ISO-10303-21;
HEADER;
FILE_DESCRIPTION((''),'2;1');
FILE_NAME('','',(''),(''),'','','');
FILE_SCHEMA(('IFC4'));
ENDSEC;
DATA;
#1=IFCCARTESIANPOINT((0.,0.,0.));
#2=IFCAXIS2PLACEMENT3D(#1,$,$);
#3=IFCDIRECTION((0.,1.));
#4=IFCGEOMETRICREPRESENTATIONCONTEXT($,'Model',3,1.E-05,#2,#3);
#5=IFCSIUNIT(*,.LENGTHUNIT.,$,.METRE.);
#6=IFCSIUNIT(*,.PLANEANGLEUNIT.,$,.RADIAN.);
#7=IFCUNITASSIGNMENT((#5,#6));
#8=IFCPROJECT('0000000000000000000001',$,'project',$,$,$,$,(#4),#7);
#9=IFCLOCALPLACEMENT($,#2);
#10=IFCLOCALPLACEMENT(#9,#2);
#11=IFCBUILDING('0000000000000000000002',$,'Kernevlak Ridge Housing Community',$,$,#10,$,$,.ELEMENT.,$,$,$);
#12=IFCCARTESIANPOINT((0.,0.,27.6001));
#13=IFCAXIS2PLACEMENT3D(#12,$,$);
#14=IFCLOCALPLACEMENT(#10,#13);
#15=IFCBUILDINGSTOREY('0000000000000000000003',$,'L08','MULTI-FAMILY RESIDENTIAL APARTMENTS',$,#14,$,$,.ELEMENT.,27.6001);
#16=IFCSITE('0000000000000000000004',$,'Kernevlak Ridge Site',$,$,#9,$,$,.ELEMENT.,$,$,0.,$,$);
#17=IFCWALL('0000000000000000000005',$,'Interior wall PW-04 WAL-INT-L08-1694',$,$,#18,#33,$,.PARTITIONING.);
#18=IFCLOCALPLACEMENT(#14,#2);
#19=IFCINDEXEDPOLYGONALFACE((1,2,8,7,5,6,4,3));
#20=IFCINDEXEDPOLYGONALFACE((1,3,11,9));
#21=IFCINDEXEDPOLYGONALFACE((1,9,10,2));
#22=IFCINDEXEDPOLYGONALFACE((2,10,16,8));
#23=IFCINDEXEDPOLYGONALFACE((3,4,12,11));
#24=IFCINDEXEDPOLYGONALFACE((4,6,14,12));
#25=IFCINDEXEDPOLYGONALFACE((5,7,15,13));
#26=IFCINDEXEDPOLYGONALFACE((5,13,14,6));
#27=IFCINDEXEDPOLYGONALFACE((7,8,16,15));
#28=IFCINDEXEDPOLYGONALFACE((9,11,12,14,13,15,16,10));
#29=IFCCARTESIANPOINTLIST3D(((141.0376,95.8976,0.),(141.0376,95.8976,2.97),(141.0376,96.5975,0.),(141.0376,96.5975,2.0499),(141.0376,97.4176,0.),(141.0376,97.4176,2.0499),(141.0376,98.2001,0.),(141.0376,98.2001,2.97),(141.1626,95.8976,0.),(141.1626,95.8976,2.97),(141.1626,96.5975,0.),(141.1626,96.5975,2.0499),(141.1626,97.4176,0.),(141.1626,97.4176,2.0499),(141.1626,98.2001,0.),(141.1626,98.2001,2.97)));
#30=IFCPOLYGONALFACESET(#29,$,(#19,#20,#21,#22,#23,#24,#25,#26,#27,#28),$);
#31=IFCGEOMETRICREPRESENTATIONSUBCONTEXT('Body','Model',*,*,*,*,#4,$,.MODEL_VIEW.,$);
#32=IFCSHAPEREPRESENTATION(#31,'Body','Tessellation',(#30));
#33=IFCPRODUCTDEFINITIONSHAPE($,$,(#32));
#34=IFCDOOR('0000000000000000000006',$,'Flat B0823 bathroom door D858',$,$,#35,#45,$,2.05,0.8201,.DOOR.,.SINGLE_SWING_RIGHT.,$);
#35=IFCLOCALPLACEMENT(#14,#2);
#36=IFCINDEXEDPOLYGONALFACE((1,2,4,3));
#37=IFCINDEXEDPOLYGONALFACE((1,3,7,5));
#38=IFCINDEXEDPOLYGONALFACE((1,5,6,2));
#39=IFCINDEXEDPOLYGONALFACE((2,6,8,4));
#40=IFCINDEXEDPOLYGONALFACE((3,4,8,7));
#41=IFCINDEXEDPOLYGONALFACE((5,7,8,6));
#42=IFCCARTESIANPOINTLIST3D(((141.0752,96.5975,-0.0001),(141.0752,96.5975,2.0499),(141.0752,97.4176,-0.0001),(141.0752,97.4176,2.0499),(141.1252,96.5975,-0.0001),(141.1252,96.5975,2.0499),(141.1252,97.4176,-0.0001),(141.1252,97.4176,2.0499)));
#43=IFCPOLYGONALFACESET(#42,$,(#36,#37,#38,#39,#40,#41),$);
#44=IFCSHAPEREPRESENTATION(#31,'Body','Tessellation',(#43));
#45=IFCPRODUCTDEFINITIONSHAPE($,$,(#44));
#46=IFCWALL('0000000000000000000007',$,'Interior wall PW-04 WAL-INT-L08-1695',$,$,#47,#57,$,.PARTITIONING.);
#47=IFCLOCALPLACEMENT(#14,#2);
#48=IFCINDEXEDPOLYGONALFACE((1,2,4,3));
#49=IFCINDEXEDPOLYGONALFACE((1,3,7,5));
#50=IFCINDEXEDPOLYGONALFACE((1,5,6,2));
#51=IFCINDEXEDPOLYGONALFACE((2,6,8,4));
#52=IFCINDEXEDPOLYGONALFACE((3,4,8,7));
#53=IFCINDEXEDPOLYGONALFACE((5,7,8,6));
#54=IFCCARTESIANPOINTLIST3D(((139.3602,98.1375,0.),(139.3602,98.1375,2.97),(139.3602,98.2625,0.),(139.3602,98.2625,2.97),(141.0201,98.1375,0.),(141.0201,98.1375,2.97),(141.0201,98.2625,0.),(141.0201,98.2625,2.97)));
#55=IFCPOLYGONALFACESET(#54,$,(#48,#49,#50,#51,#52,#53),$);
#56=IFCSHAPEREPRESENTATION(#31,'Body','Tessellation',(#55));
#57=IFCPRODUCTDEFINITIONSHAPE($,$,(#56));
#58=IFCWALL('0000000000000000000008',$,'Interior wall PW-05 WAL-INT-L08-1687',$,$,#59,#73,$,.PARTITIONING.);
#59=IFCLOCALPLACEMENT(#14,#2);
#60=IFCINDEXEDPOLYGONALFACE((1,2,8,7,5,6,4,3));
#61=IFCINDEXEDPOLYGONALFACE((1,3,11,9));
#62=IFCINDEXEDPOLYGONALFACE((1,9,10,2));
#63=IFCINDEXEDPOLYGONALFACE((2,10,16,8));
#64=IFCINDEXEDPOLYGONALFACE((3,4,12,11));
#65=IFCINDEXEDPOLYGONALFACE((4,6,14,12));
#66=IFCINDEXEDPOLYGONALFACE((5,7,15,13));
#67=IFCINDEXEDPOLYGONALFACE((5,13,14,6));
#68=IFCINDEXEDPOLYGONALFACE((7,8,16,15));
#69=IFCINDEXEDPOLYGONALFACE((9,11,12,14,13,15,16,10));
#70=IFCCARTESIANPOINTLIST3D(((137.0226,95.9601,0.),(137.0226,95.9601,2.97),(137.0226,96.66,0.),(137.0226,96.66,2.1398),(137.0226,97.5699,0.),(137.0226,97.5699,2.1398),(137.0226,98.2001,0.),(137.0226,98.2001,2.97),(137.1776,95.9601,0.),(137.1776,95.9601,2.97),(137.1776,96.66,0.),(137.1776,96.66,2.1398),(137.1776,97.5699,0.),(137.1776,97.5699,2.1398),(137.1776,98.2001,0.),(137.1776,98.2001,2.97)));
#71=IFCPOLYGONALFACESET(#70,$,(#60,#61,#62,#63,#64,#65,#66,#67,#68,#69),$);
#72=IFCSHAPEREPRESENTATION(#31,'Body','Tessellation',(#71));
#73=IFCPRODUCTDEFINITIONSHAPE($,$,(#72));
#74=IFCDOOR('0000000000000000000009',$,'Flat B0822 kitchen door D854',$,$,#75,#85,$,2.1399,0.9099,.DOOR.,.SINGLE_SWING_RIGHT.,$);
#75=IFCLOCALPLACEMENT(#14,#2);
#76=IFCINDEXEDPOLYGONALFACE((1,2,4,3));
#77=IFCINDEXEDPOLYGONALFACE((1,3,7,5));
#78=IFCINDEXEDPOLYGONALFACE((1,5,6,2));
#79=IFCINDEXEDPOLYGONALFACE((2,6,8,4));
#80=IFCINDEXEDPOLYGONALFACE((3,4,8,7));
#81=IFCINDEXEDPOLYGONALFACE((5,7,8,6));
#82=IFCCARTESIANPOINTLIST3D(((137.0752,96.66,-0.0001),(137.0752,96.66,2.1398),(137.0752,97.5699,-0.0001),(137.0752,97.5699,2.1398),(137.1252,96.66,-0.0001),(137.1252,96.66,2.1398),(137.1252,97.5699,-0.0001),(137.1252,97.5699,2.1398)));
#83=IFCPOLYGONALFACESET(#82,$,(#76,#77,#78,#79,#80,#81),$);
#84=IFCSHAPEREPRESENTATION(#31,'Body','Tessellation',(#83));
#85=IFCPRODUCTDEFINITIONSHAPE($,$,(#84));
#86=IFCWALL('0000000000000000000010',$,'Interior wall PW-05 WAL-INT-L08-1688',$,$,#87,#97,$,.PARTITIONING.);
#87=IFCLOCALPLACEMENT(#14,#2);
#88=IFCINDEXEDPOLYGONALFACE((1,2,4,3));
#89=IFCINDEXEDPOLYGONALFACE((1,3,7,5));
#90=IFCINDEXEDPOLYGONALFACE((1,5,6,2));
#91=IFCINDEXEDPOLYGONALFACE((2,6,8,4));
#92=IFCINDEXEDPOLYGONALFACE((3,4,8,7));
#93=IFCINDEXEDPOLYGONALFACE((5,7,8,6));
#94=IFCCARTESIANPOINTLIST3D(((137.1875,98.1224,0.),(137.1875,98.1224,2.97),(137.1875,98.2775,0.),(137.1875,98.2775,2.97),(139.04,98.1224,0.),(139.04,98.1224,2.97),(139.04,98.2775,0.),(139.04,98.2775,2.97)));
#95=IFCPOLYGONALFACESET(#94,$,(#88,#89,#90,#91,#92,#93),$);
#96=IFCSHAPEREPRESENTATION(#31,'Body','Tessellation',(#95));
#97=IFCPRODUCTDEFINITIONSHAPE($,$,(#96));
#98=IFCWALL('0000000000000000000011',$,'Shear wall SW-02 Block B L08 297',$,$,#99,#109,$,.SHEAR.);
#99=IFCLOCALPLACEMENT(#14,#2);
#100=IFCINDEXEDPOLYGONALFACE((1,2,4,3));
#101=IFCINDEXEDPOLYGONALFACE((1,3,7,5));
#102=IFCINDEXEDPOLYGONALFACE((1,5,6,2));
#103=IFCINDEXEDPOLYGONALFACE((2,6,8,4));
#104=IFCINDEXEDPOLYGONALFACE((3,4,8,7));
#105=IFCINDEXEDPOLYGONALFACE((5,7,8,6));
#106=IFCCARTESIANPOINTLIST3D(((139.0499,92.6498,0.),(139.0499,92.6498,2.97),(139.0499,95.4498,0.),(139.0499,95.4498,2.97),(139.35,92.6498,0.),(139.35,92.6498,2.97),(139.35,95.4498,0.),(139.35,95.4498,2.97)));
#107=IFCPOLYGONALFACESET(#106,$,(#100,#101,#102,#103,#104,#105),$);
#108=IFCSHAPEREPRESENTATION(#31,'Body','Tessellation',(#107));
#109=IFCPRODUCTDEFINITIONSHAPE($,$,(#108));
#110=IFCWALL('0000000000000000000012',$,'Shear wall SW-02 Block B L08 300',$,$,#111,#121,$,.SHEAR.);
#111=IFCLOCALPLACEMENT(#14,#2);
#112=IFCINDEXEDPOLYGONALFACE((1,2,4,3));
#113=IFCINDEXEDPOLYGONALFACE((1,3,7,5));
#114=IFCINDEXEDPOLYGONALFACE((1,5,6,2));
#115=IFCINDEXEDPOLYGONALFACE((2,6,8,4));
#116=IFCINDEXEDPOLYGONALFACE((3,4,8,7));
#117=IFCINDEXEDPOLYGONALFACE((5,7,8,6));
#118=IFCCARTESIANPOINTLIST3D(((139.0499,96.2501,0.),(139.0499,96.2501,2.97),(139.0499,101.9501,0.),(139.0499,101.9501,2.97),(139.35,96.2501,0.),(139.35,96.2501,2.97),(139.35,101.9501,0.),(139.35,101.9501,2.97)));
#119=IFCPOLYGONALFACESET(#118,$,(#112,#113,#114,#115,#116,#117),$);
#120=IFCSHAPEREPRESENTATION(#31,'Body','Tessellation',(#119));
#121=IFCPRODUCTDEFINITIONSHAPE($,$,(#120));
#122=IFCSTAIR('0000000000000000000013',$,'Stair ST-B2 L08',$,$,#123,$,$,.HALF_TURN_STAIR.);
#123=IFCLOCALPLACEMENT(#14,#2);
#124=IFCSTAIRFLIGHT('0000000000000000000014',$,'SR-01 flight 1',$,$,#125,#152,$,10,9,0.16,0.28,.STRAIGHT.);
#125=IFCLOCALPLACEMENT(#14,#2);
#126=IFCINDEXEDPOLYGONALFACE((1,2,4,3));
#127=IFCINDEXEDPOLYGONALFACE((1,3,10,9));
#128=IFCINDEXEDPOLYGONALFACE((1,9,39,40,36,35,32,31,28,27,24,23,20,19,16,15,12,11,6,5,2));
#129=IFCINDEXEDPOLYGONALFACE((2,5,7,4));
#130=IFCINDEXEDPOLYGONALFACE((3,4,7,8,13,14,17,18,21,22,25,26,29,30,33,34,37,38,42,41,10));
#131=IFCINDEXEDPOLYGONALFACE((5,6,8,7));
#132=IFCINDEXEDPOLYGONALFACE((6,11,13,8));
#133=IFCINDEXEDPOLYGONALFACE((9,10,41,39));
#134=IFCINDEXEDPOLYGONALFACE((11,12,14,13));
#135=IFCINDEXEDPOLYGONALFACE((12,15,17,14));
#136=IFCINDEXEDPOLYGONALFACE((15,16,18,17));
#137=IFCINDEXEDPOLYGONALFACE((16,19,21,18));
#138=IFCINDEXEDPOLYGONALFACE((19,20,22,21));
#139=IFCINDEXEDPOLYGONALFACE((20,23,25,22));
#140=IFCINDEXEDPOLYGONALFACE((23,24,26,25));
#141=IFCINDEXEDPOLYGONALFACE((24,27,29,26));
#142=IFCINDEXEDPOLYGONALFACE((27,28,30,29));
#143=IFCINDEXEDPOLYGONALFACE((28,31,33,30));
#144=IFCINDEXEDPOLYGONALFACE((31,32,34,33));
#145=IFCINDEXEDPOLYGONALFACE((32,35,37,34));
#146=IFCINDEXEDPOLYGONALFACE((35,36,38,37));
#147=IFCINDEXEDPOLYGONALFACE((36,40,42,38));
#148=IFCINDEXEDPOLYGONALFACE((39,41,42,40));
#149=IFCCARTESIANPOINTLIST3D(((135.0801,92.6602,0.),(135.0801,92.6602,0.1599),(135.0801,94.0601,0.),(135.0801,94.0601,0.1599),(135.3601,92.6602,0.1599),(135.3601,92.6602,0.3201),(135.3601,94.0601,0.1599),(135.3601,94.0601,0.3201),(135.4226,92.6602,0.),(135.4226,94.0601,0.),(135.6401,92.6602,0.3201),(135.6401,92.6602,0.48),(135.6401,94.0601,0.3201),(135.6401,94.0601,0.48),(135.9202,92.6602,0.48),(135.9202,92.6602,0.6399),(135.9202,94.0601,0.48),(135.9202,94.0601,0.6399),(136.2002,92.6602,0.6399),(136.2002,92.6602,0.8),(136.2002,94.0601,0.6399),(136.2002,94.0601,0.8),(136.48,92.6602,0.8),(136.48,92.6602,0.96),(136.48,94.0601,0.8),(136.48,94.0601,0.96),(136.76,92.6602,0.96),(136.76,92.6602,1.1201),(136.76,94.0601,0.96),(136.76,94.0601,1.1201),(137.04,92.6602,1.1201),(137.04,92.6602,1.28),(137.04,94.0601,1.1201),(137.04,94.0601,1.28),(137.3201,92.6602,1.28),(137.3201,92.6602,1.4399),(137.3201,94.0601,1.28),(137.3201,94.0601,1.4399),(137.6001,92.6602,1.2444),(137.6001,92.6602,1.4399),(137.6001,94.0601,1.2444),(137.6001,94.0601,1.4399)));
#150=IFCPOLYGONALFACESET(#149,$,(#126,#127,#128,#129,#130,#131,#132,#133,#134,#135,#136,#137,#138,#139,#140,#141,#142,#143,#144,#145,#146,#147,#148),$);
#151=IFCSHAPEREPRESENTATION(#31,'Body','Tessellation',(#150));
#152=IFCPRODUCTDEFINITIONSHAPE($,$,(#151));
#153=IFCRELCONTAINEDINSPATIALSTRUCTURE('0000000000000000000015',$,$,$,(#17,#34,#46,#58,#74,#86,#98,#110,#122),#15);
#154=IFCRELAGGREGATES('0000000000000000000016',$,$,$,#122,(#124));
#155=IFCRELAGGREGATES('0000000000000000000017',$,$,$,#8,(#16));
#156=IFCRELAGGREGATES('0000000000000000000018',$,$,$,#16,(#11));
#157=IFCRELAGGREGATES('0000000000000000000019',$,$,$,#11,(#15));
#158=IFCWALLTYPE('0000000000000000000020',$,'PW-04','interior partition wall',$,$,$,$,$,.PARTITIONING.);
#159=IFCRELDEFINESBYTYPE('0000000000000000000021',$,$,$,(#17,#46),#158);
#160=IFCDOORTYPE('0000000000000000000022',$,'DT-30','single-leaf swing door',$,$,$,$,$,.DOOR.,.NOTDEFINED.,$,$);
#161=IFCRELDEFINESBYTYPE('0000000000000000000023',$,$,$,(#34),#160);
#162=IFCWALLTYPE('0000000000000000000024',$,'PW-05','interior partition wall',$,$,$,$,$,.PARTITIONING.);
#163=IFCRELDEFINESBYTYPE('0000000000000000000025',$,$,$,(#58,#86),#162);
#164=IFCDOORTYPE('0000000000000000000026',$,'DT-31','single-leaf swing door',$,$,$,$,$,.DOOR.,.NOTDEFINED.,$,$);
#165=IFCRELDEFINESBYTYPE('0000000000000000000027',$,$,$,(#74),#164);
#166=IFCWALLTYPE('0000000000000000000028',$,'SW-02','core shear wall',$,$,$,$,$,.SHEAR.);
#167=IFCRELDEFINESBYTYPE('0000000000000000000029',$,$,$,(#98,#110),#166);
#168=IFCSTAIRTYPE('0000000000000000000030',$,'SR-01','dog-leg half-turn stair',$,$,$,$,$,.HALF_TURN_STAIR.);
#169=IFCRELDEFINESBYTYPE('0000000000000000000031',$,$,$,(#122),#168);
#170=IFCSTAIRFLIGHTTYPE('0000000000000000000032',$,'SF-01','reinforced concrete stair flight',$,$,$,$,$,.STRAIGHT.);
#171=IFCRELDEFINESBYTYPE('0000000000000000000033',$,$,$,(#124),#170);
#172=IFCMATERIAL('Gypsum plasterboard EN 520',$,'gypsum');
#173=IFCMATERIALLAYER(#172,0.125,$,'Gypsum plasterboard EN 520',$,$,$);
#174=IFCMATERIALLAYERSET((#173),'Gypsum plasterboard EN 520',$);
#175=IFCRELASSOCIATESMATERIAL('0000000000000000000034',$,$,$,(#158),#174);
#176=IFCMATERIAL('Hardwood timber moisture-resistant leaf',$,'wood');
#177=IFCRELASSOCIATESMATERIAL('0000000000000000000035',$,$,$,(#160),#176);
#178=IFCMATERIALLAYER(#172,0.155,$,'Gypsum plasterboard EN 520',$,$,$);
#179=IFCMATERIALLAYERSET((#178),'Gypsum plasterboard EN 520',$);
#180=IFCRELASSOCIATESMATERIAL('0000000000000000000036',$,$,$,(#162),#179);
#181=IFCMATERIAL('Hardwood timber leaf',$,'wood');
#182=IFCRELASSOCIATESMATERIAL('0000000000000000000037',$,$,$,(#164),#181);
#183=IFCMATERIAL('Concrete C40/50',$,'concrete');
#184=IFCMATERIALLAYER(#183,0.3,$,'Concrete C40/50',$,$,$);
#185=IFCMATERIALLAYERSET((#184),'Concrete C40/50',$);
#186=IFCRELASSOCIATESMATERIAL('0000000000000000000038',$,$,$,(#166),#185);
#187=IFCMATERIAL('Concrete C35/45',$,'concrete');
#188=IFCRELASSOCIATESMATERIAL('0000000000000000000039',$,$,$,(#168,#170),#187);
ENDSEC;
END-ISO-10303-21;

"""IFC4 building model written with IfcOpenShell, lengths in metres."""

from ifc_helpers import new_model, si_unit, direction, frame, frame_2d, origin, place, context, subcontext, project, spatial, polyline, rectangle, outline, extrude, material, layer, layer_set, type_object, element, fill, aggregate, save


model = new_model("IFC4")

# Units and contexts
model_context = context("Model", 3, precision=1e-05, world=origin(), true_north=direction((0.0, 1.0)))
body_context = subcontext(model_context, "Body", "Model", "MODEL_VIEW")
ifc_project = project(units=[si_unit("LENGTHUNIT", "METRE"), si_unit("PLANEANGLEUNIT", "RADIAN")], contexts=[model_context])

# Site, building, storey
site_placement = place(None, origin())
site = spatial("IfcSite", under=ifc_project, at=site_placement, Name="Kernevlak Ridge Site", CompositionType="ELEMENT", RefElevation=0.0)
building_placement = place(site_placement, origin())
building = spatial("IfcBuilding", under=site, at=building_placement, Name="Kernevlak Ridge Housing Community", CompositionType="ELEMENT")
storey_placement = place(building_placement, frame((0.0, 0.0, 27.6001)))
storey = spatial("IfcBuildingStorey", under=building, at=storey_placement, Name="L08", Description="MULTI-FAMILY RESIDENTIAL APARTMENTS", CompositionType="ELEMENT", Elevation=27.6001)

# Shared definitions
ifc_material_1 = material(Name="Concrete C40/50", Category="concrete")

# Shared definitions
ifc_material_2 = material(Name="Concrete C35/45", Category="concrete")

# Wall, opening, door
ifc_material_3 = material(Name="Gypsum plasterboard EN 520", Category="gypsum")
ifc_layer_1 = layer(ifc_material_3, 0.125, Name="Gypsum plasterboard EN 520")
ifc_layer_set_1 = layer_set([ifc_layer_1], Name="Gypsum plasterboard EN 520")
wall_type_1 = type_object("IfcWallType", Name="PW-04", Description="interior partition wall", PredefinedType="PARTITIONING", material=ifc_layer_set_1)
wall_1_placement = place(storey_placement, frame((141.1001, 95.8975, 0.0), z_axis=(0.0, 0.0, 1.0), x_axis=(0.0, 1.0, 0.0)))
wall_1 = element("IfcWall", 1, at=wall_1_placement, inside=storey, type_object=wall_type_1, Name="Interior wall PW-04 WAL-INT-L08-1694", PredefinedType="PARTITIONING", context=body_context, shape_type="SweptSolid", body=[
    extrude(rectangle(XDim=2.3025, YDim=0.125, at=frame_2d((1.1514, 0.0))), origin(), (0.0, 0.0, 1.0), 2.97),
])
opening_1_placement = place(wall_1_placement, frame((0.7, 0.0, 0.0)))
opening_1 = element("IfcOpeningElement", 2, at=opening_1_placement, cuts=wall_1, PredefinedType="OPENING", context=body_context, shape_type="SweptSolid", body=[
    extrude(rectangle(XDim=0.8201, YDim=2.05, at=frame_2d((0.4102, 1.0249))), frame((0.0, 0.0725, 0.0), z_axis=(0.0, -1.0, 0.0), x_axis=(1.0, 0.0, 0.0)), (0.0, 0.0, 1.0), 0.145),
])
ifc_material_4 = material(Name="Hardwood timber moisture-resistant leaf", Category="wood")
door_type_1 = type_object("IfcDoorType", Name="DT-30", Description="single-leaf swing door", OperationType="NOTDEFINED", PredefinedType="DOOR", material=ifc_material_4)
door_1_placement = place(opening_1_placement, origin())
door_1 = element("IfcDoor", 3, at=door_1_placement, inside=storey, type_object=door_type_1, Name="Flat B0823 bathroom door D858", OperationType="SINGLE_SWING_RIGHT", OverallHeight=2.05, OverallWidth=0.8201, PredefinedType="DOOR", context=body_context, shape_type="SweptSolid", body=[
    extrude(rectangle(XDim=0.8201, YDim=2.05, at=frame_2d((0.4102, 1.0249))), frame((0.0, 0.0249, 0.0), z_axis=(0.0, -1.0, 0.0), x_axis=(1.0, 0.0, 0.0)), (0.0, 0.0, 1.0), 0.05),
])
fill(opening_1, door_1)

# Wall
wall_2_placement = place(storey_placement, frame((139.3601, 98.2, 0.0), z_axis=(0.0, 0.0, 1.0), x_axis=(1.0, 0.0, 0.0)))
element("IfcWall", 4, at=wall_2_placement, inside=storey, type_object=wall_type_1, Name="Interior wall PW-04 WAL-INT-L08-1695", PredefinedType="PARTITIONING", context=body_context, shape_type="SweptSolid", body=[
    extrude(rectangle(XDim=1.6599, YDim=0.125, at=frame_2d((0.8301, 0.0))), origin(), (0.0, 0.0, 1.0), 2.97),
])

# Wall, opening, door
ifc_layer_2 = layer(ifc_material_3, 0.155, Name="Gypsum plasterboard EN 520")
ifc_layer_set_2 = layer_set([ifc_layer_2], Name="Gypsum plasterboard EN 520")
wall_type_2 = type_object("IfcWallType", Name="PW-05", Description="interior partition wall", PredefinedType="PARTITIONING", material=ifc_layer_set_2)
wall_3_placement = place(storey_placement, frame((137.1001, 95.96, 0.0), z_axis=(0.0, 0.0, 1.0), x_axis=(0.0, 1.0, 0.0)))
wall_3 = element("IfcWall", 5, at=wall_3_placement, inside=storey, type_object=wall_type_2, Name="Interior wall PW-05 WAL-INT-L08-1687", PredefinedType="PARTITIONING", context=body_context, shape_type="SweptSolid", body=[
    extrude(rectangle(XDim=2.24, YDim=0.155, at=frame_2d((1.1201, 0.0))), origin(), (0.0, 0.0, 1.0), 2.97),
])
opening_2_placement = place(wall_3_placement, frame((0.7, 0.0, 0.0)))
opening_2 = element("IfcOpeningElement", 6, at=opening_2_placement, cuts=wall_3, PredefinedType="OPENING", context=body_context, shape_type="SweptSolid", body=[
    extrude(rectangle(XDim=0.9099, YDim=2.1399, at=frame_2d((0.4551, 1.0698))), frame((0.0, 0.0874, 0.0), z_axis=(0.0, -1.0, 0.0), x_axis=(1.0, 0.0, 0.0)), (0.0, 0.0, 1.0), 0.175),
])
ifc_material_5 = material(Name="Hardwood timber leaf", Category="wood")
door_type_2 = type_object("IfcDoorType", Name="DT-31", Description="single-leaf swing door", OperationType="NOTDEFINED", PredefinedType="DOOR", material=ifc_material_5)
door_2_placement = place(opening_2_placement, origin())
door_2 = element("IfcDoor", 7, at=door_2_placement, inside=storey, type_object=door_type_2, Name="Flat B0822 kitchen door D854", OperationType="SINGLE_SWING_RIGHT", OverallHeight=2.1399, OverallWidth=0.9099, PredefinedType="DOOR", context=body_context, shape_type="SweptSolid", body=[
    extrude(rectangle(XDim=0.9099, YDim=2.1399, at=frame_2d((0.4551, 1.0698))), frame((0.0, 0.0249, 0.0), z_axis=(0.0, -1.0, 0.0), x_axis=(1.0, 0.0, 0.0)), (0.0, 0.0, 1.0), 0.05),
])
fill(opening_2, door_2)

# Walls
wall_4_placement = place(storey_placement, frame((137.1875, 98.2, 0.0), z_axis=(0.0, 0.0, 1.0), x_axis=(1.0, 0.0, 0.0)))
element("IfcWall", 8, at=wall_4_placement, inside=storey, type_object=wall_type_2, Name="Interior wall PW-05 WAL-INT-L08-1688", PredefinedType="PARTITIONING", context=body_context, shape_type="SweptSolid", body=[
    extrude(rectangle(XDim=1.8525, YDim=0.155, at=frame_2d((0.9263, 0.0))), origin(), (0.0, 0.0, 1.0), 2.97),
])
ifc_layer_3 = layer(ifc_material_1, 0.3, Name="Concrete C40/50")
ifc_layer_set_3 = layer_set([ifc_layer_3], Name="Concrete C40/50")
wall_type_3 = type_object("IfcWallType", Name="SW-02", Description="core shear wall", PredefinedType="SHEAR", material=ifc_layer_set_3)
wall_5_placement = place(storey_placement, frame((139.2, 92.6499, 0.0), z_axis=(0.0, 0.0, 1.0), x_axis=(0.0, 1.0, 0.0)))
element("IfcWall", 9, at=wall_5_placement, inside=storey, type_object=wall_type_3, Name="Shear wall SW-02 Block B L08 297", PredefinedType="SHEAR", context=body_context, shape_type="SweptSolid", body=[
    extrude(rectangle(XDim=2.8, YDim=0.3, at=frame_2d((1.3999, 0.0))), origin(), (0.0, 0.0, 1.0), 2.97),
])
wall_6_placement = place(storey_placement, frame((139.2, 96.25, 0.0), z_axis=(0.0, 0.0, 1.0), x_axis=(0.0, 1.0, 0.0)))
element("IfcWall", 10, at=wall_6_placement, inside=storey, type_object=wall_type_3, Name="Shear wall SW-02 Block B L08 300", PredefinedType="SHEAR", context=body_context, shape_type="SweptSolid", body=[
    extrude(rectangle(XDim=5.7, YDim=0.3, at=frame_2d((2.8501, 0.0))), origin(), (0.0, 0.0, 1.0), 2.97),
])

# Stair, stair flight
stair_type = type_object("IfcStairType", Name="SR-01", Description="dog-leg half-turn stair", PredefinedType="HALF_TURN_STAIR", material=ifc_material_2)
stair_placement = place(storey_placement, origin())
stair = element("IfcStair", 11, at=stair_placement, inside=storey, type_object=stair_type, Name="Stair ST-B2 L08", PredefinedType="HALF_TURN_STAIR")
stair_flight_type = type_object("IfcStairFlightType", Name="SF-01", Description="reinforced concrete stair flight", PredefinedType="STRAIGHT", material=ifc_material_2)
stair_flight_1_placement = place(storey_placement, frame((135.0801, 93.3601, 0.0), z_axis=(0.0, 0.0, 1.0), x_axis=(1.0, 0.0, 0.0)))
stair_flight_1 = element("IfcStairFlight", 12, at=stair_flight_1_placement, type_object=stair_flight_type, Name="SR-01 flight 1", NumberOfRisers=10, NumberOfTreads=9, PredefinedType="STRAIGHT", RiserHeight=0.16, TreadLength=0.28, context=body_context, shape_type="SweptSolid", body=[
    extrude(outline(polyline([(0.0, 0.0), (0.0, 0.1599), (0.28, 0.1599), (0.28, 0.3201), (0.5601, 0.3201), (0.5601, 0.48), (0.8401, 0.48), (0.8401, 0.6399), (1.1201, 0.6399), (1.1201, 0.8), (1.3999, 0.8), (1.3999, 0.96), (1.6799, 0.96), (1.6799, 1.1201), (1.96, 1.1201), (1.96, 1.28), (2.24, 1.28), (2.24, 1.4399), (2.52, 1.4399), (2.52, 1.6001), (2.52, 1.2444), (0.3425, 0.0), (0.0, 0.0)])), frame((0.0, 0.7, 0.0), z_axis=(0.0, -1.0, 0.0), x_axis=(1.0, 0.0, 0.0)), (0.0, 0.0, 1.0), 1.3999),
])
aggregate(stair, [stair_flight_1])

save(model, "model.ifc")
